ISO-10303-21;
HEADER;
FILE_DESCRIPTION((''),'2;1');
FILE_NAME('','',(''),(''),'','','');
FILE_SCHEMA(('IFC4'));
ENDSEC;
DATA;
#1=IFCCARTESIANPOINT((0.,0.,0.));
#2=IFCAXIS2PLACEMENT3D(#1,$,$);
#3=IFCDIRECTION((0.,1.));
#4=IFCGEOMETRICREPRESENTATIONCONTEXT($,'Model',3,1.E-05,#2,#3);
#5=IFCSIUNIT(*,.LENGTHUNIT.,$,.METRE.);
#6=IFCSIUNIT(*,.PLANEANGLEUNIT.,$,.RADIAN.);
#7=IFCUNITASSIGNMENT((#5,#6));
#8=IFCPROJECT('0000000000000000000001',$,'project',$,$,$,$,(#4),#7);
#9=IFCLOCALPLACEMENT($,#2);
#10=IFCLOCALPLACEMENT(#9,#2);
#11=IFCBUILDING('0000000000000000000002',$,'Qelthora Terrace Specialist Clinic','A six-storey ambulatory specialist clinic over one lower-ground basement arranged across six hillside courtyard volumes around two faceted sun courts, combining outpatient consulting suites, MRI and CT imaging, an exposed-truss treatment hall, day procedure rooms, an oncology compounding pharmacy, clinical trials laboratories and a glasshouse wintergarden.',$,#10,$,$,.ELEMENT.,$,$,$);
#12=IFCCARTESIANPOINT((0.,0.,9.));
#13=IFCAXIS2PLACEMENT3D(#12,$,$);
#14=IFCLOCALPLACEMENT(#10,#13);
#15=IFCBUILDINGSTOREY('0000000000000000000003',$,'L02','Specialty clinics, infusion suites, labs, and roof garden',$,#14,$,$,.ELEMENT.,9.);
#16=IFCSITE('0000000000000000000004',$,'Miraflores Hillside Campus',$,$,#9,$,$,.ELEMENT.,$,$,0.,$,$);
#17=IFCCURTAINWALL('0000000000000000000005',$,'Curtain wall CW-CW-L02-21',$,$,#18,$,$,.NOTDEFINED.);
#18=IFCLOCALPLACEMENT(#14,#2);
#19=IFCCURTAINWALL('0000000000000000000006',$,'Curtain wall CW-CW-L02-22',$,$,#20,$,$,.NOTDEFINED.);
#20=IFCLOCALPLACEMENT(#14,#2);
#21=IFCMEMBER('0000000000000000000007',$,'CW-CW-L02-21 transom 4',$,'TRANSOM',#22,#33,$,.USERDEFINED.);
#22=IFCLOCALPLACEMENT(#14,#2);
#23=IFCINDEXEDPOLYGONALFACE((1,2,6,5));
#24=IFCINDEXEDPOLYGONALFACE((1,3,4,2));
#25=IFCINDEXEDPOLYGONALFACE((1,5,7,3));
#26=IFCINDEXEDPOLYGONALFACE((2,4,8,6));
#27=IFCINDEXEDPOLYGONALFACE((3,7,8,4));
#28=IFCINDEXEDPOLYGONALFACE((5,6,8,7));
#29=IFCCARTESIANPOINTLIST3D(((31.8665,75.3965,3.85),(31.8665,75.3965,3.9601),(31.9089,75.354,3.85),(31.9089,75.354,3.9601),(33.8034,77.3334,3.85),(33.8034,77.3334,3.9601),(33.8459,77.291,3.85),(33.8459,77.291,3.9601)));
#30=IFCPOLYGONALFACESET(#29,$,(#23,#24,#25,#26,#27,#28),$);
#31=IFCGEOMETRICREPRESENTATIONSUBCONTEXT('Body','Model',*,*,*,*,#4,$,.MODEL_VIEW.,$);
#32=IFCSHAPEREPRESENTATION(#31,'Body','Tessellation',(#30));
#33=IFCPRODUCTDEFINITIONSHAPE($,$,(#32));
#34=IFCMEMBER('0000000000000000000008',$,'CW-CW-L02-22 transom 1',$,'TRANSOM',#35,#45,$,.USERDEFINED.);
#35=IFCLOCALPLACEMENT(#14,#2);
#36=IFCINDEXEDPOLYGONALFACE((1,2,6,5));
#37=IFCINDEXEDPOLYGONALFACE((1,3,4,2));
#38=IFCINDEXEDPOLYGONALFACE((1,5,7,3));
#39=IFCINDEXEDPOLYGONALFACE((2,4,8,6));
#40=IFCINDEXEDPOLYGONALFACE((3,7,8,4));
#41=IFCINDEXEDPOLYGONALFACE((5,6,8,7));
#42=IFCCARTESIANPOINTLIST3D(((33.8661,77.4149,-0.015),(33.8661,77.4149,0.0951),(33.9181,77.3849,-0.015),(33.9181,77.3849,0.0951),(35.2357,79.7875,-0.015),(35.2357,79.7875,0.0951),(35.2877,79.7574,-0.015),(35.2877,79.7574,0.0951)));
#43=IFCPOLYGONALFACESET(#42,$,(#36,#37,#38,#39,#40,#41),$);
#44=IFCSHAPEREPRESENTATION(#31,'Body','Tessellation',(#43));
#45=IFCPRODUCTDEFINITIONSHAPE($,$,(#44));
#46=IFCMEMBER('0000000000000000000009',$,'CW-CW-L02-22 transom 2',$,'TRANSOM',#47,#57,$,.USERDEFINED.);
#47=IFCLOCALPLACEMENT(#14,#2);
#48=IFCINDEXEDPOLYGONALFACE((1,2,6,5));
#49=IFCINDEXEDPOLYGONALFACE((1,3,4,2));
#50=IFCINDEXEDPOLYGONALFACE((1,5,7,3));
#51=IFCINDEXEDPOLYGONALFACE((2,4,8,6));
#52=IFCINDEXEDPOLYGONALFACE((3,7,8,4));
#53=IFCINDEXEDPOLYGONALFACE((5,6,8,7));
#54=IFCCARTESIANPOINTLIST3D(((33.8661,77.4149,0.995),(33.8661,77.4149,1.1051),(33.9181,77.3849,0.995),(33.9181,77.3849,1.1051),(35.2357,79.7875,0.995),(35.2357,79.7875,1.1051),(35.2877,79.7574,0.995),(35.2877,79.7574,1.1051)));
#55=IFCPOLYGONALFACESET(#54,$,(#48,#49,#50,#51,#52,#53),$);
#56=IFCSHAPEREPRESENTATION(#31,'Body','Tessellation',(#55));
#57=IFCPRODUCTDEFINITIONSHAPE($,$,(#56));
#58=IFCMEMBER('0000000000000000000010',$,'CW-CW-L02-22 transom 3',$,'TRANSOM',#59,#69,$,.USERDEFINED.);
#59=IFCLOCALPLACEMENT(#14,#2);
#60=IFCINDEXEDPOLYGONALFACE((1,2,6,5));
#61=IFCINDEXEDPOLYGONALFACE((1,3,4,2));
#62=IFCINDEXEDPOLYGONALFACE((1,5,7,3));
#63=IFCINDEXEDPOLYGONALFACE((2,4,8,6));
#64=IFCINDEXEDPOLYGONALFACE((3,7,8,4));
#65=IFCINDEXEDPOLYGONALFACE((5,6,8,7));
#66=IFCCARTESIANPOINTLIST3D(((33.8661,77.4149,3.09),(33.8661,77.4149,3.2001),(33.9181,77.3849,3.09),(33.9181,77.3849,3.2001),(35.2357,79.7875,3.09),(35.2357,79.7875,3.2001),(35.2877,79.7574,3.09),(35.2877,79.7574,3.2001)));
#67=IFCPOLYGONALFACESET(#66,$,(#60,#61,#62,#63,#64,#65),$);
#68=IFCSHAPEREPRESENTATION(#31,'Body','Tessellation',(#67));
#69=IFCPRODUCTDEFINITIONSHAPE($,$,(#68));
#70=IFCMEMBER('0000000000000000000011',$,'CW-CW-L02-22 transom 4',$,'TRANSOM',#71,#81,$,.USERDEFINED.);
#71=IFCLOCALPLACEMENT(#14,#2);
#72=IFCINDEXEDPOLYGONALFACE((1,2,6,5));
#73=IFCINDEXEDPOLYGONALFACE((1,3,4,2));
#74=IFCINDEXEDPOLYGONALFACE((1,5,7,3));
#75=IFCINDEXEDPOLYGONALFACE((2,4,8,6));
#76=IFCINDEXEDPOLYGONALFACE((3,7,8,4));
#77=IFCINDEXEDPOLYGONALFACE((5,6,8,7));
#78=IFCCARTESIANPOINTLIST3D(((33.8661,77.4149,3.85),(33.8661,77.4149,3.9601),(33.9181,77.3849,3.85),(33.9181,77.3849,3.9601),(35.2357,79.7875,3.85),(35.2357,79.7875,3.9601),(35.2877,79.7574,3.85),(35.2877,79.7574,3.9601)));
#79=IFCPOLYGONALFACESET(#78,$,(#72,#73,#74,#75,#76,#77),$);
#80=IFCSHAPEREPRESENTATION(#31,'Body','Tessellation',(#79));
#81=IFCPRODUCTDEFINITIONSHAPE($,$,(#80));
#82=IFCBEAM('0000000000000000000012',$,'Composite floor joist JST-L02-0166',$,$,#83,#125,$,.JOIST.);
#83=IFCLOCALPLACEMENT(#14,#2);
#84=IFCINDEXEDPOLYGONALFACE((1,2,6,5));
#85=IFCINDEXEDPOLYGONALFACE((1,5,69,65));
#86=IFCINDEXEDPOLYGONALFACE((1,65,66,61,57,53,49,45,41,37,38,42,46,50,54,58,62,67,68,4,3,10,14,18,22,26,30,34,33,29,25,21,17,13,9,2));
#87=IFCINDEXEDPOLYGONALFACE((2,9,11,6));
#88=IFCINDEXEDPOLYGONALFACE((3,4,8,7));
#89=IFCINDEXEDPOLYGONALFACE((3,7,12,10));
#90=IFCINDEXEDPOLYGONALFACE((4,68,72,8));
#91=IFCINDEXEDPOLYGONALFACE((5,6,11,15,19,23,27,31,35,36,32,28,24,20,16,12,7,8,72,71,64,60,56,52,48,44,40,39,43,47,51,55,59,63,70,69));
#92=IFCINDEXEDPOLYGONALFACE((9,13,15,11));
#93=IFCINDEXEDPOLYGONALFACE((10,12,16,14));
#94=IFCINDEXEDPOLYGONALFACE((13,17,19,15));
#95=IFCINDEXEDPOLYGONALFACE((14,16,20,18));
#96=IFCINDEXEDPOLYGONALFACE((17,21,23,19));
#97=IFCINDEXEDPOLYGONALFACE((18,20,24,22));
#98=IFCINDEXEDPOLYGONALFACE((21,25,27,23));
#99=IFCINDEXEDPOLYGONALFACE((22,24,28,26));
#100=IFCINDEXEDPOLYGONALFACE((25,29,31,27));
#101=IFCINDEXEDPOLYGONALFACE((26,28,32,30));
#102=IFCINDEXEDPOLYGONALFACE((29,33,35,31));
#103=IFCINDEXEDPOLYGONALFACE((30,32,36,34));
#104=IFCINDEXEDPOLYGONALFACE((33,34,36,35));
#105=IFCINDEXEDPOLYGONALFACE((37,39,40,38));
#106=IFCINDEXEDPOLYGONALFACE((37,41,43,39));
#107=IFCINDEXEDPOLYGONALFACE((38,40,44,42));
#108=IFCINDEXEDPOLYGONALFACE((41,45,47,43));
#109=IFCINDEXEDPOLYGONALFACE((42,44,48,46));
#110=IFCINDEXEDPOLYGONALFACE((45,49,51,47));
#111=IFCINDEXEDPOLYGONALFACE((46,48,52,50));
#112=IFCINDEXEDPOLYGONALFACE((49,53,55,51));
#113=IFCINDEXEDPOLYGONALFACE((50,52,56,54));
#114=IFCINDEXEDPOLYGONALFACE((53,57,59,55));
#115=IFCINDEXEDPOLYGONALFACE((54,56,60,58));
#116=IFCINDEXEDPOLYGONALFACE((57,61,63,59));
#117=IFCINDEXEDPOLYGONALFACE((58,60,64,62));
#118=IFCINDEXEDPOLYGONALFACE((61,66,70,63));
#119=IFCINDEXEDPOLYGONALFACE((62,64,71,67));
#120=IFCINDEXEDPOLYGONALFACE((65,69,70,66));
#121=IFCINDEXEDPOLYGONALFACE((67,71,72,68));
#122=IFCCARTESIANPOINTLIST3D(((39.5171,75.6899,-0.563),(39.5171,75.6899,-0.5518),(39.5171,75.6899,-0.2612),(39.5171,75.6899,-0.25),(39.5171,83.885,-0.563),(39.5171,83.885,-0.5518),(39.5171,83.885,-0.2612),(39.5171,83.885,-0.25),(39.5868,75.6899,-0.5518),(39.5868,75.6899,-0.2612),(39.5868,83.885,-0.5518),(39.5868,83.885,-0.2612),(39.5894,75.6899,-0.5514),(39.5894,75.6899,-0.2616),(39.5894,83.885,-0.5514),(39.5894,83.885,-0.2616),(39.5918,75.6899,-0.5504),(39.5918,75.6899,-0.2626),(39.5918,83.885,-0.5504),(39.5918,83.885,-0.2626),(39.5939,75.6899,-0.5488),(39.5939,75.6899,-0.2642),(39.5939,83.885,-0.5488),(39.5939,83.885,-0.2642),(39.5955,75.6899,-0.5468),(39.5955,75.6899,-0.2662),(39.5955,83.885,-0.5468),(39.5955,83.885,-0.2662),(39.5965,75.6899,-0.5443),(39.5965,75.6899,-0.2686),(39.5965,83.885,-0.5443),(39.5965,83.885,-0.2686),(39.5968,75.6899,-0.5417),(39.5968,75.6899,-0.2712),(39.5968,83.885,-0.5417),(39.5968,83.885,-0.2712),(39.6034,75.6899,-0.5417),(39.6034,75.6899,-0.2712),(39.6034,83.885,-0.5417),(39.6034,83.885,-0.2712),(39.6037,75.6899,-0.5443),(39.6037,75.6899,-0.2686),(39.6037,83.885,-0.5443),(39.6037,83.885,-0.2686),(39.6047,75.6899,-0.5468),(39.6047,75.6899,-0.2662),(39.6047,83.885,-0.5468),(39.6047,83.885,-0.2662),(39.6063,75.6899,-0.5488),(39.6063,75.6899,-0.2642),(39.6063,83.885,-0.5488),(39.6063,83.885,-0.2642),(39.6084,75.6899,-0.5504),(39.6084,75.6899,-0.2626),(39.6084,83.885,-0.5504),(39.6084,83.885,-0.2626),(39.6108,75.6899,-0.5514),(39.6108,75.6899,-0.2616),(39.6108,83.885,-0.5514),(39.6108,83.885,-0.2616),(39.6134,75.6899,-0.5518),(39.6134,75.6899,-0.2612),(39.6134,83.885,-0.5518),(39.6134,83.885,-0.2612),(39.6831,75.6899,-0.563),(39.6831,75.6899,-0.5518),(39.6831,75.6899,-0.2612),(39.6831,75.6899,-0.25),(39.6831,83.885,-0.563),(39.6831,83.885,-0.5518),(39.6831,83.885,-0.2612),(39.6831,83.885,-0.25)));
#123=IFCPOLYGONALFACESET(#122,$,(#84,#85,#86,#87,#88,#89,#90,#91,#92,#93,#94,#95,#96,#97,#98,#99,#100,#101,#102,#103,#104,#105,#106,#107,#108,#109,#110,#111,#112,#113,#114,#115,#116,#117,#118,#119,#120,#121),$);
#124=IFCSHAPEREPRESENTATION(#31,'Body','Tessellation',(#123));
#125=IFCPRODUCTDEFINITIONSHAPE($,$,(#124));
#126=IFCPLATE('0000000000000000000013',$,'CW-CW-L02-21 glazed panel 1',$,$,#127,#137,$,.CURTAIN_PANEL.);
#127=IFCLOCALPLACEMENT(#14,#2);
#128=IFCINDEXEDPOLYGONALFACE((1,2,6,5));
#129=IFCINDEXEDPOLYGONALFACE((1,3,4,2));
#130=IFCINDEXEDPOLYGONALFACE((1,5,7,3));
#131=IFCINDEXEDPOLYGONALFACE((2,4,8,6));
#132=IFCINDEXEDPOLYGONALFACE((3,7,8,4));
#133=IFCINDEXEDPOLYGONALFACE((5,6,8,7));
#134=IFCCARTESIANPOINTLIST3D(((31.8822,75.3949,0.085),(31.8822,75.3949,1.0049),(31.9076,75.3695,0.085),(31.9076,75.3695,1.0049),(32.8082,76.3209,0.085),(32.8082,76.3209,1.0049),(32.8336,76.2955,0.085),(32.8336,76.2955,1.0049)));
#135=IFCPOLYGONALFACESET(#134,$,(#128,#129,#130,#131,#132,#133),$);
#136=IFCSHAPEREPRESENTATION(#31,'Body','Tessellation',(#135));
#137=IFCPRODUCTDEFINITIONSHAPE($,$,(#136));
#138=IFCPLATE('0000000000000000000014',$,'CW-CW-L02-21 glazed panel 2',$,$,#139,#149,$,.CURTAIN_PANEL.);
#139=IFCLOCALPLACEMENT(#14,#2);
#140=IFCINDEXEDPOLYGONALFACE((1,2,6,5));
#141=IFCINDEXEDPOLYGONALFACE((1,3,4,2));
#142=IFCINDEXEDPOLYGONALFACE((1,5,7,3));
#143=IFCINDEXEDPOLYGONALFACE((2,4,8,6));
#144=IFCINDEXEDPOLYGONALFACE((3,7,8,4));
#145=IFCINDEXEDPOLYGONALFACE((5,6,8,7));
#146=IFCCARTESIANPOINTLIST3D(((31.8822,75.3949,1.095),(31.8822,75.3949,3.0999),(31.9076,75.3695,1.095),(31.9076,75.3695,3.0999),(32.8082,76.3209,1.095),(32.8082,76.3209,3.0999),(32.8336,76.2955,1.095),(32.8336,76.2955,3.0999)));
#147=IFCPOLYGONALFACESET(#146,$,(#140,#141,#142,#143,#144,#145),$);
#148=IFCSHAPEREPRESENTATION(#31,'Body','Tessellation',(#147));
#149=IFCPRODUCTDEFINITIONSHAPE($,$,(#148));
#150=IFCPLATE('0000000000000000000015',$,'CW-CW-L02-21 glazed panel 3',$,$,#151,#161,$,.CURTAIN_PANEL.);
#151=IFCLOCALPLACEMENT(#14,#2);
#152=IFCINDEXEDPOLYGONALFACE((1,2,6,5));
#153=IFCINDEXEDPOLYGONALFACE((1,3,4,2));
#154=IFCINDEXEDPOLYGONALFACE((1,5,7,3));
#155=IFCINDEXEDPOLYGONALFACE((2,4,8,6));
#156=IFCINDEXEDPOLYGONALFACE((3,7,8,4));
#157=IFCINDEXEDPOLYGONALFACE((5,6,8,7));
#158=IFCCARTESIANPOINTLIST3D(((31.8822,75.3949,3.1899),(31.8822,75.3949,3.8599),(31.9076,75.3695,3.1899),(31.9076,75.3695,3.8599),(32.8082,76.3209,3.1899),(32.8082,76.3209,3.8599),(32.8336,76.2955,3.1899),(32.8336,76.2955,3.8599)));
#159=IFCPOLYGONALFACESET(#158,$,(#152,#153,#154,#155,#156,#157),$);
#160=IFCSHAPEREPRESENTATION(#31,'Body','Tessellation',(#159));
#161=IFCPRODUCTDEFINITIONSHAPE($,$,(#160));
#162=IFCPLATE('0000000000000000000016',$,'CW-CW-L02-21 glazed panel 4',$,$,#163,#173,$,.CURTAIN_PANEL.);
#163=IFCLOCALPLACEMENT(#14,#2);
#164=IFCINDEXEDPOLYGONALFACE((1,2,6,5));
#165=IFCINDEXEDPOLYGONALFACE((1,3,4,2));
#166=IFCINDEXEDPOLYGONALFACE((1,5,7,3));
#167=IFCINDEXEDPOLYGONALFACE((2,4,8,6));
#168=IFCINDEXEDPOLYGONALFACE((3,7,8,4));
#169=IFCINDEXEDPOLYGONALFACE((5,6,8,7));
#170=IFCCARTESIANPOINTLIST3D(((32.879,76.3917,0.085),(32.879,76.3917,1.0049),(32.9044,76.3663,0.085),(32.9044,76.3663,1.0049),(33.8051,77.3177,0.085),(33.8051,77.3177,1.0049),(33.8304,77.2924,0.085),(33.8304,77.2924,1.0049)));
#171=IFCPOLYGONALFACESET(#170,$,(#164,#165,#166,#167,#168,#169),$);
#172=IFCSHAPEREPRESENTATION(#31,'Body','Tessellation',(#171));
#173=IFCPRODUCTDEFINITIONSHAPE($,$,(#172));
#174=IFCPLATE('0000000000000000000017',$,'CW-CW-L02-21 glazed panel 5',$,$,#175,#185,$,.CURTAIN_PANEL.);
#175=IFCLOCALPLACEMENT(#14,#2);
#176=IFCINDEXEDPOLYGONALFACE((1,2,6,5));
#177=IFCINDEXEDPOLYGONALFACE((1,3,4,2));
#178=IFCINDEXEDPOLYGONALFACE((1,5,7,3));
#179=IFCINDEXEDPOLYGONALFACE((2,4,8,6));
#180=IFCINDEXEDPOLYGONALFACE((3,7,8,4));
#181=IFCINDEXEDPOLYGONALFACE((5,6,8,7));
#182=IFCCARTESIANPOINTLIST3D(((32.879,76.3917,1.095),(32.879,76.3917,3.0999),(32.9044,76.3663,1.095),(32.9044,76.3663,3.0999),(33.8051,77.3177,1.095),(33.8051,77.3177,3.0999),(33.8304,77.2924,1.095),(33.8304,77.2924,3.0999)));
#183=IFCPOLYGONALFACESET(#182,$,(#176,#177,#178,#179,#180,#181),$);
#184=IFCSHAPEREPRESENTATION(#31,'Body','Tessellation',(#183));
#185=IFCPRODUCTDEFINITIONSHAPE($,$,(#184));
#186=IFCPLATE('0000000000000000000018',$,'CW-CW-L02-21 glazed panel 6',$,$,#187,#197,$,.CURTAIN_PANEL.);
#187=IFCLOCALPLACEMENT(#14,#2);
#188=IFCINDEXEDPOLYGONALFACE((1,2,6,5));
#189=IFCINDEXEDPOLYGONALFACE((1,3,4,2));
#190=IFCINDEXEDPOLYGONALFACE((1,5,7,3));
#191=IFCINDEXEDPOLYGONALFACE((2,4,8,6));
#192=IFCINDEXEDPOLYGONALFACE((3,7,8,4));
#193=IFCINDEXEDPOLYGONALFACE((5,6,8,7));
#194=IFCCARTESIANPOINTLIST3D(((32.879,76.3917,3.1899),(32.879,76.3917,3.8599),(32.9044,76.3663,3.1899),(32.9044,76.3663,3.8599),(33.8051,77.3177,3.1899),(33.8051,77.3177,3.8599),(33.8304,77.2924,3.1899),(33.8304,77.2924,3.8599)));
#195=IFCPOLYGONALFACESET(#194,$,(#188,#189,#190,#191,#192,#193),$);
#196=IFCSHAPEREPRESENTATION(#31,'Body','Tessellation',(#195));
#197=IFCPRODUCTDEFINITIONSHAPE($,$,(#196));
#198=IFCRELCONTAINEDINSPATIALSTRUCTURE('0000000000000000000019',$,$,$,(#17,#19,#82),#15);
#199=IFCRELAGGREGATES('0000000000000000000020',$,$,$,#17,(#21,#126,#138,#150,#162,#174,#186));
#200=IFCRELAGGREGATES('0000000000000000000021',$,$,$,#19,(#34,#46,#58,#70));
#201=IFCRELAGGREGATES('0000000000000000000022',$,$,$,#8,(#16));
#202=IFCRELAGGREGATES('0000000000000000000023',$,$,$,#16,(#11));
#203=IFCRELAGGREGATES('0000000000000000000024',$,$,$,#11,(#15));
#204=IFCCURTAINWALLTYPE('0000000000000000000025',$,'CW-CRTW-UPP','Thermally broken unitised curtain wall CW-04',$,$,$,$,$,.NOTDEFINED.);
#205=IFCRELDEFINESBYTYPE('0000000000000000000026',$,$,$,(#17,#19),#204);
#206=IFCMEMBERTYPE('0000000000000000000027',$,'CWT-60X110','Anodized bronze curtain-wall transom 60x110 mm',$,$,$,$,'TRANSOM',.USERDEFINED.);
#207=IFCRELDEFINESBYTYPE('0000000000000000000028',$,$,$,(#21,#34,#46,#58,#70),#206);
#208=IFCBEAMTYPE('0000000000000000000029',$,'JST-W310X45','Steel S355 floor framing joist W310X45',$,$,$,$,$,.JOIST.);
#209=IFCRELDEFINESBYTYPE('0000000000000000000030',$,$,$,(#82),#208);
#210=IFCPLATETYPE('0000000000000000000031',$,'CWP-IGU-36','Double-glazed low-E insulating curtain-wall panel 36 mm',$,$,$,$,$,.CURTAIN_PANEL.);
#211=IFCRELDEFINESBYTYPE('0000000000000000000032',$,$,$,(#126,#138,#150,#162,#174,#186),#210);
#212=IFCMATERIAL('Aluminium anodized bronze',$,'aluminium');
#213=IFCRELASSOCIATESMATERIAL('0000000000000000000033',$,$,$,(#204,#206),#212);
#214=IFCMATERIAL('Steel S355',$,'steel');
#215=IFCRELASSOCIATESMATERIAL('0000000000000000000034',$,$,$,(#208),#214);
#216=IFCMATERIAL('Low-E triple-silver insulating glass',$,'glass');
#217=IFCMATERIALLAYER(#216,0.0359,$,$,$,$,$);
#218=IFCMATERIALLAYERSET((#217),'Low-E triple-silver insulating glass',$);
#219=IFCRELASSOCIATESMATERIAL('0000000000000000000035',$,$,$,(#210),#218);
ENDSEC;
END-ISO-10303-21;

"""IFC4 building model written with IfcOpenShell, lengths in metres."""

from ifc_helpers import new_model, si_unit, direction, frame, origin, origin_2d, place, context, subcontext, project, spatial, rectangle, i_section, extrude, material, layer, layer_set, material_profile, profile_set, type_object, element, aggregate, save


model = new_model("IFC4")

# Units and contexts
model_context = context("Model", 3, precision=1e-05, world=origin(), true_north=direction((0.0, 1.0)))
body_context = subcontext(model_context, "Body", "Model", "MODEL_VIEW")
ifc_project = project(units=[si_unit("LENGTHUNIT", "METRE"), si_unit("PLANEANGLEUNIT", "RADIAN")], contexts=[model_context])

# Site, building, storey
site_placement = place(None, origin())
site = spatial("IfcSite", under=ifc_project, at=site_placement, Name="Miraflores Hillside Campus", CompositionType="ELEMENT", RefElevation=0.0)
building_placement = place(site_placement, origin())
building = spatial("IfcBuilding", under=site, at=building_placement, Name="Qelthora Terrace Specialist Clinic", Description="A six-storey ambulatory specialist clinic over one lower-ground basement arranged across six hillside courtyard volumes around two faceted sun courts, combining outpatient consulting suites, MRI and CT imaging, an exposed-truss treatment hall, day procedure rooms, an oncology compounding pharmacy, clinical trials laboratories and a glasshouse wintergarden.", CompositionType="ELEMENT")
storey_placement = place(building_placement, frame((0.0, 0.0, 9.0)))
storey = spatial("IfcBuildingStorey", under=building, at=storey_placement, Name="L02", Description="Specialty clinics, infusion suites, labs, and roof garden", CompositionType="ELEMENT", Elevation=9.0)

# Shared definitions
ifc_material_1 = material(Name="Steel S355", Category="steel")

# Curtain wall
ifc_material_2 = material(Name="Aluminium anodized bronze", Category="aluminium")
curtain_wall_type = type_object("IfcCurtainWallType", Name="CW-CRTW-UPP", Description="Thermally broken unitised curtain wall CW-04", PredefinedType="NOTDEFINED", material=ifc_material_2)
curtain_wall_1_placement = place(storey_placement, origin())
curtain_wall_1 = element("IfcCurtainWall", 1, at=curtain_wall_1_placement, inside=storey, type_object=curtain_wall_type, Name="Curtain wall CW-CW-L02-21", PredefinedType="NOTDEFINED")

# Curtain wall
curtain_wall_2_placement = place(storey_placement, origin())
curtain_wall_2 = element("IfcCurtainWall", 2, at=curtain_wall_2_placement, inside=storey, type_object=curtain_wall_type, Name="Curtain wall CW-CW-L02-22", PredefinedType="NOTDEFINED")

# Members
ifc_material_profile_1 = material_profile(ifc_material_2, rectangle(XDim=0.0601, YDim=0.1101, at=origin_2d()), Name="CWT60X110")
ifc_profile_set_1 = profile_set([ifc_material_profile_1], Name="Aluminium anodized bronze")
member_type_1 = type_object("IfcMemberType", Name="CWT-60X110", Description="Anodized bronze curtain-wall transom 60x110 mm", ElementType="TRANSOM", PredefinedType="USERDEFINED", material=ifc_profile_set_1)
member_1_placement = place(storey_placement, frame((31.8877, 75.3752, 3.905), z_axis=(0.707107, 0.707107, 0.0), x_axis=(-0.707107, 0.707107, 0.0)))
member_1 = element("IfcMember", 3, at=member_1_placement, type_object=member_type_1, Name="CW-CW-L02-21 transom 4", ObjectType="TRANSOM", PredefinedType="USERDEFINED", context=body_context, shape_type="SweptSolid", body=[
    extrude(rectangle(XDim=0.0601, YDim=0.1101, at=origin_2d()), origin(), (0.0, 0.0, 1.0), 2.7393),
])
member_2_placement = place(storey_placement, frame((33.8921, 77.3999, 0.04), z_axis=(0.499954, 0.866052, 0.0), x_axis=(-0.866052, 0.499954, 0.0)))
member_2 = element("IfcMember", 4, at=member_2_placement, type_object=member_type_1, Name="CW-CW-L02-22 transom 1", ObjectType="TRANSOM", PredefinedType="USERDEFINED", context=body_context, shape_type="SweptSolid", body=[
    extrude(rectangle(XDim=0.0601, YDim=0.1101, at=origin_2d()), origin(), (0.0, 0.0, 1.0), 2.7395),
])
member_3_placement = place(storey_placement, frame((33.8921, 77.3999, 1.05), z_axis=(0.499954, 0.866052, 0.0), x_axis=(-0.866052, 0.499954, 0.0)))
member_3 = element("IfcMember", 5, at=member_3_placement, type_object=member_type_1, Name="CW-CW-L02-22 transom 2", ObjectType="TRANSOM", PredefinedType="USERDEFINED", context=body_context, shape_type="SweptSolid", body=[
    extrude(rectangle(XDim=0.0601, YDim=0.1101, at=origin_2d()), origin(), (0.0, 0.0, 1.0), 2.7395),
])
member_4_placement = place(storey_placement, frame((33.8921, 77.3999, 3.145), z_axis=(0.499954, 0.866052, 0.0), x_axis=(-0.866052, 0.499954, 0.0)))
member_4 = element("IfcMember", 6, at=member_4_placement, type_object=member_type_1, Name="CW-CW-L02-22 transom 3", ObjectType="TRANSOM", PredefinedType="USERDEFINED", context=body_context, shape_type="SweptSolid", body=[
    extrude(rectangle(XDim=0.0601, YDim=0.1101, at=origin_2d()), origin(), (0.0, 0.0, 1.0), 2.7395),
])
member_5_placement = place(storey_placement, frame((33.8921, 77.3999, 3.905), z_axis=(0.499954, 0.866052, 0.0), x_axis=(-0.866052, 0.499954, 0.0)))
member_5 = element("IfcMember", 7, at=member_5_placement, type_object=member_type_1, Name="CW-CW-L02-22 transom 4", ObjectType="TRANSOM", PredefinedType="USERDEFINED", context=body_context, shape_type="SweptSolid", body=[
    extrude(rectangle(XDim=0.0601, YDim=0.1101, at=origin_2d()), origin(), (0.0, 0.0, 1.0), 2.7395),
])

# Beam
ifc_material_profile_2 = material_profile(ifc_material_1, i_section(OverallWidth=0.166, OverallDepth=0.313, WebThickness=0.0066, FlangeThickness=0.0112, FilletRadius=0.01, at=origin_2d()), Name="W310X45")
ifc_profile_set_2 = profile_set([ifc_material_profile_2], Name="Steel S355")
beam_type_1 = type_object("IfcBeamType", Name="JST-W310X45", Description="Steel S355 floor framing joist W310X45", PredefinedType="JOIST", material=ifc_profile_set_2)
beam_1_placement = place(storey_placement, frame((39.6001, 75.6899, -0.4065), z_axis=(0.0, 1.0, 0.0), x_axis=(-1.0, 0.0, 0.0)))
element("IfcBeam", 8, at=beam_1_placement, inside=storey, type_object=beam_type_1, Name="Composite floor joist JST-L02-0166", PredefinedType="JOIST", context=body_context, shape_type="SweptSolid", body=[
    extrude(i_section(OverallWidth=0.166, OverallDepth=0.313, WebThickness=0.0066, FlangeThickness=0.0112, FilletRadius=0.01, at=origin_2d()), origin(), (0.0, 0.0, 1.0), 8.1951),
])

# Plates
ifc_material_3 = material(Name="Low-E triple-silver insulating glass", Category="glass")
ifc_layer = layer(ifc_material_3, 0.0359)
ifc_layer_set = layer_set([ifc_layer], Name="Low-E triple-silver insulating glass")
plate_type = type_object("IfcPlateType", Name="CWP-IGU-36", Description="Double-glazed low-E insulating curtain-wall panel 36 mm", PredefinedType="CURTAIN_PANEL", material=ifc_layer_set)
plate_1_placement = place(storey_placement, frame((32.3579, 75.8452, 0.085), z_axis=(0.0, 0.0, 1.0), x_axis=(0.707107, 0.707107, 0.0)))
plate_1 = element("IfcPlate", 9, at=plate_1_placement, type_object=plate_type, Name="CW-CW-L02-21 glazed panel 1", PredefinedType="CURTAIN_PANEL", context=body_context, shape_type="SweptSolid", body=[
    extrude(rectangle(XDim=1.3096, YDim=0.0359, at=origin_2d()), origin(), (0.0, 0.0, 1.0), 0.9199),
])
plate_2_placement = place(storey_placement, frame((32.3579, 75.8452, 1.095), z_axis=(0.0, 0.0, 1.0), x_axis=(0.707107, 0.707107, 0.0)))
plate_2 = element("IfcPlate", 10, at=plate_2_placement, type_object=plate_type, Name="CW-CW-L02-21 glazed panel 2", PredefinedType="CURTAIN_PANEL", context=body_context, shape_type="SweptSolid", body=[
    extrude(rectangle(XDim=1.3096, YDim=0.0359, at=origin_2d()), origin(), (0.0, 0.0, 1.0), 2.0049),
])
plate_3_placement = place(storey_placement, frame((32.3579, 75.8452, 3.1899), z_axis=(0.0, 0.0, 1.0), x_axis=(0.707107, 0.707107, 0.0)))
plate_3 = element("IfcPlate", 11, at=plate_3_placement, type_object=plate_type, Name="CW-CW-L02-21 glazed panel 3", PredefinedType="CURTAIN_PANEL", context=body_context, shape_type="SweptSolid", body=[
    extrude(rectangle(XDim=1.3096, YDim=0.0359, at=origin_2d()), origin(), (0.0, 0.0, 1.0), 0.6699),
])
plate_4_placement = place(storey_placement, frame((33.3547, 76.842, 0.085), z_axis=(0.0, 0.0, 1.0), x_axis=(0.707107, 0.707107, 0.0)))
plate_4 = element("IfcPlate", 12, at=plate_4_placement, type_object=plate_type, Name="CW-CW-L02-21 glazed panel 4", PredefinedType="CURTAIN_PANEL", context=body_context, shape_type="SweptSolid", body=[
    extrude(rectangle(XDim=1.3096, YDim=0.0359, at=origin_2d()), origin(), (0.0, 0.0, 1.0), 0.9199),
])
plate_5_placement = place(storey_placement, frame((33.3547, 76.842, 1.095), z_axis=(0.0, 0.0, 1.0), x_axis=(0.707107, 0.707107, 0.0)))
plate_5 = element("IfcPlate", 13, at=plate_5_placement, type_object=plate_type, Name="CW-CW-L02-21 glazed panel 5", PredefinedType="CURTAIN_PANEL", context=body_context, shape_type="SweptSolid", body=[
    extrude(rectangle(XDim=1.3096, YDim=0.0359, at=origin_2d()), origin(), (0.0, 0.0, 1.0), 2.0049),
])
plate_6_placement = place(storey_placement, frame((33.3547, 76.842, 3.1899), z_axis=(0.0, 0.0, 1.0), x_axis=(0.707107, 0.707107, 0.0)))
plate_6 = element("IfcPlate", 14, at=plate_6_placement, type_object=plate_type, Name="CW-CW-L02-21 glazed panel 6", PredefinedType="CURTAIN_PANEL", context=body_context, shape_type="SweptSolid", body=[
    extrude(rectangle(XDim=1.3096, YDim=0.0359, at=origin_2d()), origin(), (0.0, 0.0, 1.0), 0.6699),
])
aggregate(curtain_wall_1, [member_1, plate_1, plate_2, plate_3, plate_4, plate_5, plate_6])
aggregate(curtain_wall_2, [member_2, member_3, member_4, member_5])

save(model, "model.ifc")
